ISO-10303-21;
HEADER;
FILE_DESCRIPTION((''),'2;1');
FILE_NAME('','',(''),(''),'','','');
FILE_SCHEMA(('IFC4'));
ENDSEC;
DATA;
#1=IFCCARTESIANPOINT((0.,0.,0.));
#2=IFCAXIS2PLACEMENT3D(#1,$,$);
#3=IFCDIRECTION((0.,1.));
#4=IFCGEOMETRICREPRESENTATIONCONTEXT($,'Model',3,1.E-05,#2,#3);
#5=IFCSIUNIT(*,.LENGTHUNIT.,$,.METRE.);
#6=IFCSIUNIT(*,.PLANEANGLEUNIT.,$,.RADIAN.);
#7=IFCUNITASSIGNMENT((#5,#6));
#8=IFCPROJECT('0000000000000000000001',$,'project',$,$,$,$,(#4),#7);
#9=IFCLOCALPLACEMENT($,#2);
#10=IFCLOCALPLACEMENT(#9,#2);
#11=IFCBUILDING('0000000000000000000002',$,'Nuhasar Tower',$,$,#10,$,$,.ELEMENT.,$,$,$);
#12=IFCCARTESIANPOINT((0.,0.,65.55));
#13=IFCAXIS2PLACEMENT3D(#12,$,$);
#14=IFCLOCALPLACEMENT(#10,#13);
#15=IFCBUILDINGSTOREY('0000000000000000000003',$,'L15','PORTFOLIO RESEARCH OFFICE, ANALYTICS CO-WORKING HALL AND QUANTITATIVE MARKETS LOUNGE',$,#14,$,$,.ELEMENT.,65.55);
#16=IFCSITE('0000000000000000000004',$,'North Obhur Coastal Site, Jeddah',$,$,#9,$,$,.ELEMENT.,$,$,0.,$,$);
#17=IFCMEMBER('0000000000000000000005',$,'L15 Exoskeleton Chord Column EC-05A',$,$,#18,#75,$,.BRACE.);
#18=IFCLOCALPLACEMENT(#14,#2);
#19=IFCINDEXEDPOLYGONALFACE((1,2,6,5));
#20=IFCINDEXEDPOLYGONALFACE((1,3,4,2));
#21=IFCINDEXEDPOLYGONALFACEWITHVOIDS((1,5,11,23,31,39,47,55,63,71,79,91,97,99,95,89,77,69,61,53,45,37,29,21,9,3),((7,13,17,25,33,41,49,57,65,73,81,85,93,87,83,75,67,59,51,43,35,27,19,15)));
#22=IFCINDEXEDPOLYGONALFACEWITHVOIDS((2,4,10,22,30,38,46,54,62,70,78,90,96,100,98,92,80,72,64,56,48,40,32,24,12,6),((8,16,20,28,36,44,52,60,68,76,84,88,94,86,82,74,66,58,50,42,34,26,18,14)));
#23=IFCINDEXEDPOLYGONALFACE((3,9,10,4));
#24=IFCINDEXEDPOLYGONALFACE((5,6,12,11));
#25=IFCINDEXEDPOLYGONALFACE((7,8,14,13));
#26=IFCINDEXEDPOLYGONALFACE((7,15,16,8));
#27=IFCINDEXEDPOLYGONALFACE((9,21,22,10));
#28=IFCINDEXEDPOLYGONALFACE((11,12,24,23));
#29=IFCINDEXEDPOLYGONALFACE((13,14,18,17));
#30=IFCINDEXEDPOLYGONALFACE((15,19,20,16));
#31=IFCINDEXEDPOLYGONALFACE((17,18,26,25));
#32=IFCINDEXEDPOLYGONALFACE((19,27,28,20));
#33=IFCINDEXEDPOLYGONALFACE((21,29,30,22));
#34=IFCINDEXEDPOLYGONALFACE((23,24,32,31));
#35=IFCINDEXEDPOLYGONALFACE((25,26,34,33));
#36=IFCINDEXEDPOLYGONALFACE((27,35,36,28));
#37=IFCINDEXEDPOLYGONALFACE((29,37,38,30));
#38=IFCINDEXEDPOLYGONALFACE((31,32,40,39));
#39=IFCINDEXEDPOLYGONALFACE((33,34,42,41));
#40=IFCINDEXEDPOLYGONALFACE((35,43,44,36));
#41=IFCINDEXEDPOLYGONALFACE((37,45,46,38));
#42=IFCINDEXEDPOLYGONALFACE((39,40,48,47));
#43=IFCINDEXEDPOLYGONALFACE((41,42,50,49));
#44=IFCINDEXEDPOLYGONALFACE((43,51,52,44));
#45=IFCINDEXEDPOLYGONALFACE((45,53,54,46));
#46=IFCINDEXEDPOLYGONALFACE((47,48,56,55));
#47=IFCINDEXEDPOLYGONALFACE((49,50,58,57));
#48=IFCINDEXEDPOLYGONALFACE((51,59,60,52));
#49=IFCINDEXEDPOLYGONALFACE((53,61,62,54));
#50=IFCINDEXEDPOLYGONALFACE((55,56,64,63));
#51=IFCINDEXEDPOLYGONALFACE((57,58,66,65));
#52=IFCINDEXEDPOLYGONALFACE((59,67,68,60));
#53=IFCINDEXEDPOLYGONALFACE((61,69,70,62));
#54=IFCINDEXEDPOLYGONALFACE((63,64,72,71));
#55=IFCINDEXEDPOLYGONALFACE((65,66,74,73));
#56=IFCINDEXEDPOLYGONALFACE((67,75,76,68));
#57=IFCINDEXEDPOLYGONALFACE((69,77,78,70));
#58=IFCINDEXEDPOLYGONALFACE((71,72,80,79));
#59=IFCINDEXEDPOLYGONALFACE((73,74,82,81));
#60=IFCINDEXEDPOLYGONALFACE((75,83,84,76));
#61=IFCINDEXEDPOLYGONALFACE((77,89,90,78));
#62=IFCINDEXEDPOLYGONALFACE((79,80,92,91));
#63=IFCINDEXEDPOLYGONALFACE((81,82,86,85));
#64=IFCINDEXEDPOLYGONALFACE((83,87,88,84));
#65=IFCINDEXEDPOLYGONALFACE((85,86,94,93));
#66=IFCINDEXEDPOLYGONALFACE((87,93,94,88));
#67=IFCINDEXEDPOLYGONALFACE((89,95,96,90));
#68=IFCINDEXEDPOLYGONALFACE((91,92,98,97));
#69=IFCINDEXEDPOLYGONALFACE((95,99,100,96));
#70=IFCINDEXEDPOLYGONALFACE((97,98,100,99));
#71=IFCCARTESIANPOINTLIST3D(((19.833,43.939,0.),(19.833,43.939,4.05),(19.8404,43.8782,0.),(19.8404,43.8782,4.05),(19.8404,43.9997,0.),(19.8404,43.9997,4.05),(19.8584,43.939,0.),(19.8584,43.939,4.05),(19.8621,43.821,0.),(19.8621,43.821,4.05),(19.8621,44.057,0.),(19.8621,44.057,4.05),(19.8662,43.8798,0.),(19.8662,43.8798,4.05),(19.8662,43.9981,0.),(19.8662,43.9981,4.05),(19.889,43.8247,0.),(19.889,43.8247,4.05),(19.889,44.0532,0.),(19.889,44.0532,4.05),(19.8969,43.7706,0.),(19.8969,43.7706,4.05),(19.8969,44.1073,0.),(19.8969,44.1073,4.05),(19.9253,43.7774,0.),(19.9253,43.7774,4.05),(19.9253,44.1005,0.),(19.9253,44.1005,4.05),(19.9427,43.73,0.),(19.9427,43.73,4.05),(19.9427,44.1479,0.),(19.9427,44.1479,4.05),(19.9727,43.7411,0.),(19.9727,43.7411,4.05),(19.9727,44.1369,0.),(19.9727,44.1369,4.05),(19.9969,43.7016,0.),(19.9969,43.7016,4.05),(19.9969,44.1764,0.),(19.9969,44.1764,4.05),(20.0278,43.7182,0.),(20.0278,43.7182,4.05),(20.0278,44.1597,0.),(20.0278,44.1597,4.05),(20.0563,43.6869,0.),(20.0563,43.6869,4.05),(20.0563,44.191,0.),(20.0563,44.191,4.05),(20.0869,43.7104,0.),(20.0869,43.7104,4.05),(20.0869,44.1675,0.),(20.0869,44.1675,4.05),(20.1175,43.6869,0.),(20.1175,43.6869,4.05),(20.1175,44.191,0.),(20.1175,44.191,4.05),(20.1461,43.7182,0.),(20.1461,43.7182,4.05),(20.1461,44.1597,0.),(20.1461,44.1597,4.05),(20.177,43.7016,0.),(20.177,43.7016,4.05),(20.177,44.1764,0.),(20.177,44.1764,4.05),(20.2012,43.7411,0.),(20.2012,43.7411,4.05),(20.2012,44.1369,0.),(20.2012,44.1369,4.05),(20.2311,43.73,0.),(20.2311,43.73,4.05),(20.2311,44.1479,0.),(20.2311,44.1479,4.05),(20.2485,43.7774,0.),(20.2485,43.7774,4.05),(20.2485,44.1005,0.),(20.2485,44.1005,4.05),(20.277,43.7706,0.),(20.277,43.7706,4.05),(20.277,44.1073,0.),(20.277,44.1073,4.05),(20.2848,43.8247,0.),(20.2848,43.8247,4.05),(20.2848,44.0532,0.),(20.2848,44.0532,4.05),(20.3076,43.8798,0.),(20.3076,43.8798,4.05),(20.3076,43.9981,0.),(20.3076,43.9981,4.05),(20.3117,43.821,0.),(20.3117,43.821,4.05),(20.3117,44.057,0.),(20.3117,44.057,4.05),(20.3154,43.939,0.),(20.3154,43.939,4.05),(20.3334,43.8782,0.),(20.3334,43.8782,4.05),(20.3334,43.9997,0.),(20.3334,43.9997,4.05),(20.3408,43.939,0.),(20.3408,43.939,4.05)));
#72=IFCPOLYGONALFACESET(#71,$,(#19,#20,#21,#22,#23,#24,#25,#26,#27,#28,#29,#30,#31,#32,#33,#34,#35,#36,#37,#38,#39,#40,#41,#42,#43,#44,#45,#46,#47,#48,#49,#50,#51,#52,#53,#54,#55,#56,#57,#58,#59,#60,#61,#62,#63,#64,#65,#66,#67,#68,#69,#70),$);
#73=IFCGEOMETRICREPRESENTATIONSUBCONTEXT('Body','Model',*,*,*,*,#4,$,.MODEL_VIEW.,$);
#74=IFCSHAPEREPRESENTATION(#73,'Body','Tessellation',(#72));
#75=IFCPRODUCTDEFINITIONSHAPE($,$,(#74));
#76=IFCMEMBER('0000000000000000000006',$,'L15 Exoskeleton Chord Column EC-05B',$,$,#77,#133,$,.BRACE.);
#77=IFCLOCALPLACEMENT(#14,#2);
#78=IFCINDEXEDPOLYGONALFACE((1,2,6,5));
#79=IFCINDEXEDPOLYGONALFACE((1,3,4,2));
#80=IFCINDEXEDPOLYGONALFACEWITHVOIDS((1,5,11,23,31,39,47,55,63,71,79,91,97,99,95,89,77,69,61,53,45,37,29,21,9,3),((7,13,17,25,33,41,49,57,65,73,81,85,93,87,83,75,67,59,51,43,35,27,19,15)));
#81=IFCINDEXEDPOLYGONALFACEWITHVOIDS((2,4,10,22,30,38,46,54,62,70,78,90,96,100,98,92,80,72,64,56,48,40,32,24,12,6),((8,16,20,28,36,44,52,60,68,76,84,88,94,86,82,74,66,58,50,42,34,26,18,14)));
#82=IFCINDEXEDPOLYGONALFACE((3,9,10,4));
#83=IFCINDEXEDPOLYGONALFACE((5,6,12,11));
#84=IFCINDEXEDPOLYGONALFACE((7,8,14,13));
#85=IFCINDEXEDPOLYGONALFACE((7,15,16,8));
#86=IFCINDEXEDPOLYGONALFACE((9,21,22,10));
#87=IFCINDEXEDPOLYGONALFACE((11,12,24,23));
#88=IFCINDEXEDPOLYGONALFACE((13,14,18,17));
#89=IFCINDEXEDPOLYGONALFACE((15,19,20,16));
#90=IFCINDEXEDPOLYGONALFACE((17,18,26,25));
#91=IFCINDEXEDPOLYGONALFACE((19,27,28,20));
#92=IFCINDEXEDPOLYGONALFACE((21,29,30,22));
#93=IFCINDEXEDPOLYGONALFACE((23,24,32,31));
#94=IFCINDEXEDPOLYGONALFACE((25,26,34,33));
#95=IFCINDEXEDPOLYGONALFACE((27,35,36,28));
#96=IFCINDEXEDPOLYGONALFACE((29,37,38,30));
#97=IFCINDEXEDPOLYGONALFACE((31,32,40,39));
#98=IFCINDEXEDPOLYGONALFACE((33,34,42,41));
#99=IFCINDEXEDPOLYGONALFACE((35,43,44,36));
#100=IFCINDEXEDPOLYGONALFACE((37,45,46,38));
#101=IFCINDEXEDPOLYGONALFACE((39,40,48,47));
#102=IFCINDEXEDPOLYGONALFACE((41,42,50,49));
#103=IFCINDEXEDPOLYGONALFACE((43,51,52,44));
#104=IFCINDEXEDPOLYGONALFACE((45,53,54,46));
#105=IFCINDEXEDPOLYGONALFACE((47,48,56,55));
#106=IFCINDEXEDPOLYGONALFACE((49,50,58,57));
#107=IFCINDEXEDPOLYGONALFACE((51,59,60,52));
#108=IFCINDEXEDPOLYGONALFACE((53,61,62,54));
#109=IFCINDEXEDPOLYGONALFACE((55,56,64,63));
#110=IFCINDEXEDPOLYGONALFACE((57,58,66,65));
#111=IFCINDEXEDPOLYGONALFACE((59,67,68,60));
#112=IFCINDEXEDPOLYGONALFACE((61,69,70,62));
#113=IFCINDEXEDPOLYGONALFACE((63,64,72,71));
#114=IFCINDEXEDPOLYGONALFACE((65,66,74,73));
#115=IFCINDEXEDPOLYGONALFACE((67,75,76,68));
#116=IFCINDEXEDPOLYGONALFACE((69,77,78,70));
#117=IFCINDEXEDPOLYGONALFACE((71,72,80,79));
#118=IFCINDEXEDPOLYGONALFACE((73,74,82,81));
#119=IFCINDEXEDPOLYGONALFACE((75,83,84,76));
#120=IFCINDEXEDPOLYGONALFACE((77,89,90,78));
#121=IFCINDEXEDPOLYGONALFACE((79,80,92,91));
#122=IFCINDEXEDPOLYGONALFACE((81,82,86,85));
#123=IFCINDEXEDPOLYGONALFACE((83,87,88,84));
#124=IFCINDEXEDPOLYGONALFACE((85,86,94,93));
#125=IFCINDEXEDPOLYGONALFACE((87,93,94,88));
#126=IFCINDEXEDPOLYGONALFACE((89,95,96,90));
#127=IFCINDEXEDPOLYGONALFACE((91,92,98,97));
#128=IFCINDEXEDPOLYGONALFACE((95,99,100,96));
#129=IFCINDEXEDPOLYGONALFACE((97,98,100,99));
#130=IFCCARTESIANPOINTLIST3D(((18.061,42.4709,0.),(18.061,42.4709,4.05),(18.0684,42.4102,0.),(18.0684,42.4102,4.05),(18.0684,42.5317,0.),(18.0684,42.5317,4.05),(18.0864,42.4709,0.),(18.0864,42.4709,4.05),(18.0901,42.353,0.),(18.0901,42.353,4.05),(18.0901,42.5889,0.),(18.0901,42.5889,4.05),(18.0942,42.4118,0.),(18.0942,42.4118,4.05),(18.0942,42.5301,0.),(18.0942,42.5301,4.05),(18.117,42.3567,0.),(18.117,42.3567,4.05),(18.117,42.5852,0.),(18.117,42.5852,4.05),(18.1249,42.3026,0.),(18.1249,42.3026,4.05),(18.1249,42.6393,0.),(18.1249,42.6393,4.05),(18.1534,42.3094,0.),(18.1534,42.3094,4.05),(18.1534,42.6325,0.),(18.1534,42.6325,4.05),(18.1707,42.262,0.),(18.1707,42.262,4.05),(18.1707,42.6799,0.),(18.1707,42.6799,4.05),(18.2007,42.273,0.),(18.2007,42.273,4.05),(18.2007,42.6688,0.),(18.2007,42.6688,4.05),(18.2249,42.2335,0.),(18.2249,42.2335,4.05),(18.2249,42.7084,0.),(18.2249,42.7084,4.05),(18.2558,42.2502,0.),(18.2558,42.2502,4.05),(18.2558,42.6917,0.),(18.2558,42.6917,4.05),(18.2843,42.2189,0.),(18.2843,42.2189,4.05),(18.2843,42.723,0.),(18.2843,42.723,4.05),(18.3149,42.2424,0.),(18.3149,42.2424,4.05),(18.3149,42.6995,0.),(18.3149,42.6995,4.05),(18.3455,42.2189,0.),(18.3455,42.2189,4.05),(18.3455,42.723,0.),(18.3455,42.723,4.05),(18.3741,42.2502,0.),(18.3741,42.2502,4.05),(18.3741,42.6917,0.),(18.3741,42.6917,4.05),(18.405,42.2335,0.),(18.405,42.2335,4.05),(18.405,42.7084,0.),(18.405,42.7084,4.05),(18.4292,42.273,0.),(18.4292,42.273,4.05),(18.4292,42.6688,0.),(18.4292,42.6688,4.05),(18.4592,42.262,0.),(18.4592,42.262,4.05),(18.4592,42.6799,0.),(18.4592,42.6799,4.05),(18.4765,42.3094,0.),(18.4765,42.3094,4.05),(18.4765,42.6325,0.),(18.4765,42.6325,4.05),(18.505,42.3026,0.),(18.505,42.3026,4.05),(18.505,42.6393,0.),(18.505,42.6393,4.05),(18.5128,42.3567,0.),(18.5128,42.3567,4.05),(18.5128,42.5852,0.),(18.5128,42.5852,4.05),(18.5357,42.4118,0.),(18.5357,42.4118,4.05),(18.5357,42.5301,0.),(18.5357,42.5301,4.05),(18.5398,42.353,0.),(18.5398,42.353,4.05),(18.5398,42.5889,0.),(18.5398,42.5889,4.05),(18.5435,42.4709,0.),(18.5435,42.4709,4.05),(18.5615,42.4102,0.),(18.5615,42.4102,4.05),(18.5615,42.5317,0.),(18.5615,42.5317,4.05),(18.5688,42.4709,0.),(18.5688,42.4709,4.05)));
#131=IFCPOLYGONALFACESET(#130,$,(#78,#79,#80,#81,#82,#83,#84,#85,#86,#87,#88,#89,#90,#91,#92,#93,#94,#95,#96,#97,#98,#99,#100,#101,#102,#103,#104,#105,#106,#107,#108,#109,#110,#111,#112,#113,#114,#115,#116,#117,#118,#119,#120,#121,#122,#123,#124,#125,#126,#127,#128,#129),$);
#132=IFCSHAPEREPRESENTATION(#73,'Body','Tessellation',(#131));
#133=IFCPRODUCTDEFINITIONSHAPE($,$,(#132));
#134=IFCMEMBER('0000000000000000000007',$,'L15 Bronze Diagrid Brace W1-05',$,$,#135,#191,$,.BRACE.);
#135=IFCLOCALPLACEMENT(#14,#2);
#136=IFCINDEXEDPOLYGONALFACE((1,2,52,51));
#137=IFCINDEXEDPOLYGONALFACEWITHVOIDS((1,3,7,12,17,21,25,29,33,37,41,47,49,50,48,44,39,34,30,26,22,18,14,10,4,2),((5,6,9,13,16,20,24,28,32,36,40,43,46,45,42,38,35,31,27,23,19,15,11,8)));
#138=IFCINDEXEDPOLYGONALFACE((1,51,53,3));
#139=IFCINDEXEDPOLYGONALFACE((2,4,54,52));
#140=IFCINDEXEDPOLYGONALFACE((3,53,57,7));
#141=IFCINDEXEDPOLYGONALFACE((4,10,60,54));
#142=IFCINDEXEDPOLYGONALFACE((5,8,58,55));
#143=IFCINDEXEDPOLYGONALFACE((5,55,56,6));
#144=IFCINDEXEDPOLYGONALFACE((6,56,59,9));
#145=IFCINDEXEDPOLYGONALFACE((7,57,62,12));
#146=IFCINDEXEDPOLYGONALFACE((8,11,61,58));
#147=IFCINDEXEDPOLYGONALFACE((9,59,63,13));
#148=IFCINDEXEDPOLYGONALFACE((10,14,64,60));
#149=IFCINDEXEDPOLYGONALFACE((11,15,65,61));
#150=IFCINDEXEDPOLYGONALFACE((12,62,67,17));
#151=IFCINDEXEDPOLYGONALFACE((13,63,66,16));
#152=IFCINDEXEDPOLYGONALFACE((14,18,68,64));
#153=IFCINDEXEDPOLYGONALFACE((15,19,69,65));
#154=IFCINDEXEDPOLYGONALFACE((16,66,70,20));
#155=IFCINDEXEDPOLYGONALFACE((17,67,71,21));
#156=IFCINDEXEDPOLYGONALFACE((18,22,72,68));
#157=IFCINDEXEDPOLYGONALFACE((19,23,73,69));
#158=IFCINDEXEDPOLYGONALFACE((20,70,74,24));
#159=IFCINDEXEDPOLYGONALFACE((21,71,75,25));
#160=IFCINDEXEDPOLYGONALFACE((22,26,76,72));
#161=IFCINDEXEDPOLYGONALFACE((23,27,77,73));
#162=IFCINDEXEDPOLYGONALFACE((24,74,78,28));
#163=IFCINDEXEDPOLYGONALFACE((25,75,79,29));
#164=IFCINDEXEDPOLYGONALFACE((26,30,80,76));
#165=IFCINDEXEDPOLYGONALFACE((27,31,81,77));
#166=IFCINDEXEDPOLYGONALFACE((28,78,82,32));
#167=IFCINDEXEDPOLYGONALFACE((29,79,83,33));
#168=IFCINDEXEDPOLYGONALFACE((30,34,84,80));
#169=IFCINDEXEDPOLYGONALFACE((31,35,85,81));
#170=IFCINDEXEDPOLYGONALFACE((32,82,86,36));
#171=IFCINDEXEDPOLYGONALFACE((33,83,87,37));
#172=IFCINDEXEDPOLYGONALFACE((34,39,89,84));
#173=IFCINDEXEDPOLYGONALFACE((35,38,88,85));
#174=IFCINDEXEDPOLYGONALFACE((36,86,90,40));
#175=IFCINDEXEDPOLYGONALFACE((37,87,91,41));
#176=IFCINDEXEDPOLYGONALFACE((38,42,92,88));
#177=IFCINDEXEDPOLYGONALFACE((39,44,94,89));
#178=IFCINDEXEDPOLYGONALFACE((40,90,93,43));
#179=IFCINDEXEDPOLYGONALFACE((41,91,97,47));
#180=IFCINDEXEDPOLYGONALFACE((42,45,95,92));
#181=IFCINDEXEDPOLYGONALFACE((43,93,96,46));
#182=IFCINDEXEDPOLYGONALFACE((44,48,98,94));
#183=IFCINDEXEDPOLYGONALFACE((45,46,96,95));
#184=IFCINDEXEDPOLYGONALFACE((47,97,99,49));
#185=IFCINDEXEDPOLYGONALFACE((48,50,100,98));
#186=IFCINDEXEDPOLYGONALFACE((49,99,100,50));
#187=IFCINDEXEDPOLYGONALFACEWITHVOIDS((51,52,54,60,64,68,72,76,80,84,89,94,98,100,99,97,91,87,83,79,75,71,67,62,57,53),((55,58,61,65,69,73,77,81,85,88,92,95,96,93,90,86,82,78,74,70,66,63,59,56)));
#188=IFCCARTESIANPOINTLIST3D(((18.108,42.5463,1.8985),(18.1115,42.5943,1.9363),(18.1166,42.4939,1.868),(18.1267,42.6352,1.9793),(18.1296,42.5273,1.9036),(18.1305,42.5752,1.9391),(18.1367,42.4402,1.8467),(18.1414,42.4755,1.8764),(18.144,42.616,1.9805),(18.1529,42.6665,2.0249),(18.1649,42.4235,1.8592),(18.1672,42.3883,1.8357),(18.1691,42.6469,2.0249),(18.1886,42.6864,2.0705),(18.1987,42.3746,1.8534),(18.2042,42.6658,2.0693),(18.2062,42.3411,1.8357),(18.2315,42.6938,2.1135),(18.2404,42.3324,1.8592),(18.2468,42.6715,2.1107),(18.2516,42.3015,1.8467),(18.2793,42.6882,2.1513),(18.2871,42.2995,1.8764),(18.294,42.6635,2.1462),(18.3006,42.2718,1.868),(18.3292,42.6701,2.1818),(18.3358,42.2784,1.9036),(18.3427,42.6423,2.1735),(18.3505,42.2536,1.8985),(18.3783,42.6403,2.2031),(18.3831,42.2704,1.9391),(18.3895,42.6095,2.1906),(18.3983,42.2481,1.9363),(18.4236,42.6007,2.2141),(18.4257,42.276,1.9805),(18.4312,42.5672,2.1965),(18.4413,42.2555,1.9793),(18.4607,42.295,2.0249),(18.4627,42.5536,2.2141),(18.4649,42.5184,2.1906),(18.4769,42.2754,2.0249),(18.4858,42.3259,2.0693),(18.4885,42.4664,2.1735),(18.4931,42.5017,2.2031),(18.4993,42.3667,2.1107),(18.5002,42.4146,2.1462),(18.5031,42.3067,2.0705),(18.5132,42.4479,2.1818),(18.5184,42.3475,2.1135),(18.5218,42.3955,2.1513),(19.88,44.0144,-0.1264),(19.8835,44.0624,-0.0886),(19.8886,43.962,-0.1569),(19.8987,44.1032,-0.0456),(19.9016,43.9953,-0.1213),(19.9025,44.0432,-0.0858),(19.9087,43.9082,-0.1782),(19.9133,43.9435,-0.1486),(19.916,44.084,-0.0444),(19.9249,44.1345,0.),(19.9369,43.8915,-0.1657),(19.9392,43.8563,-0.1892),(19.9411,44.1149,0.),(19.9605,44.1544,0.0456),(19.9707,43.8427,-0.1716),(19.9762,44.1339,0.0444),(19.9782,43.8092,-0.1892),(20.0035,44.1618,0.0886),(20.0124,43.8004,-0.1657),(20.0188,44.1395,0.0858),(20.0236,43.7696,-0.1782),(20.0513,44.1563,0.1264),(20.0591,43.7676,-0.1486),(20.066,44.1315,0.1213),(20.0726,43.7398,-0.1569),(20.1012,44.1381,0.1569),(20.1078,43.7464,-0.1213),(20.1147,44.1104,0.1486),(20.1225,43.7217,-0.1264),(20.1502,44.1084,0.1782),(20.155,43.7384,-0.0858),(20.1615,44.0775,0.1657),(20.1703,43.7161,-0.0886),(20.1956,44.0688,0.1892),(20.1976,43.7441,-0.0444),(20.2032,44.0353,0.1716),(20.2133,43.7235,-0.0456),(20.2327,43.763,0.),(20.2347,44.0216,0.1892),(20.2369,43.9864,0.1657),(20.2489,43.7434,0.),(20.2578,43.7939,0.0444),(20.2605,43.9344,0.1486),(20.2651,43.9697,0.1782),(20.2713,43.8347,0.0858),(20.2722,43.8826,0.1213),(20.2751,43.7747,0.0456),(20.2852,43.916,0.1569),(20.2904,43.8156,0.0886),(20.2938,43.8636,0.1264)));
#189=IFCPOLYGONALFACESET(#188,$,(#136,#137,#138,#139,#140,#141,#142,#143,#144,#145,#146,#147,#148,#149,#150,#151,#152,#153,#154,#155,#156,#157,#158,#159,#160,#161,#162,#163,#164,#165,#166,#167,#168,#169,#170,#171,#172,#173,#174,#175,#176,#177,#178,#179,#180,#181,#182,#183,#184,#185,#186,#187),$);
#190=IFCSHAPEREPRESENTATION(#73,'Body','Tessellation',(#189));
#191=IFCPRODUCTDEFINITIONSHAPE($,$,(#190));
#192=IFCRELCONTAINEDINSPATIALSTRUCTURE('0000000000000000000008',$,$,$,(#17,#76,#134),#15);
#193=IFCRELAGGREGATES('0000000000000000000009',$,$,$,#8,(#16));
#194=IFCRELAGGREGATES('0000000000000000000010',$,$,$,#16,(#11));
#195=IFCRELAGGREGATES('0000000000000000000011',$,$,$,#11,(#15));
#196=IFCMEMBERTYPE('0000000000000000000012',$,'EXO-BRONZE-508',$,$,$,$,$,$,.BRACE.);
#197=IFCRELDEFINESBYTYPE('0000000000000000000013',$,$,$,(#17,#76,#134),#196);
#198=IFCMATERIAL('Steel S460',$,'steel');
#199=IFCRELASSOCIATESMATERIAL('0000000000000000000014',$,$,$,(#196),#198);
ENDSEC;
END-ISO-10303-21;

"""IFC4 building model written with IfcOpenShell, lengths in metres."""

from ifc_helpers import new_model, si_unit, direction, frame, origin, origin_2d, place, context, subcontext, project, spatial, hollow_circle, extrude, material, material_profile, profile_set, type_object, element, save


model = new_model("IFC4")

# Units and contexts
model_context = context("Model", 3, precision=1e-05, world=origin(), true_north=direction((0.0, 1.0)))
body_context = subcontext(model_context, "Body", "Model", "MODEL_VIEW")
ifc_project = project(units=[si_unit("LENGTHUNIT", "METRE"), si_unit("PLANEANGLEUNIT", "RADIAN")], contexts=[model_context])

# Site, building, storey
site_placement = place(None, origin())
site = spatial("IfcSite", under=ifc_project, at=site_placement, Name="North Obhur Coastal Site, Jeddah", CompositionType="ELEMENT", RefElevation=0.0)
building_placement = place(site_placement, origin())
building = spatial("IfcBuilding", under=site, at=building_placement, Name="Nuhasar Tower", CompositionType="ELEMENT")
storey_placement = place(building_placement, frame((0.0, 0.0, 65.55)))
storey = spatial("IfcBuildingStorey", under=building, at=storey_placement, Name="L15", Description="PORTFOLIO RESEARCH OFFICE, ANALYTICS CO-WORKING HALL AND QUANTITATIVE MARKETS LOUNGE", CompositionType="ELEMENT", Elevation=65.55)

# Members
ifc_material_1 = material(Name="Steel S460", Category="steel")
ifc_material_profile_1 = material_profile(ifc_material_1, hollow_circle(Radius=0.2539, WallThickness=0.0254, at=origin_2d()), Name="HSS508X25.4")
ifc_profile_set_1 = profile_set([ifc_material_profile_1], Name="Steel S460")
member_type_1 = type_object("IfcMemberType", Name="EXO-BRONZE-508", PredefinedType="BRACE", material=ifc_profile_set_1)
for number, where, z_axis, x_axis, name in (
    (1, (20.0869, 43.939, 0.0), (0.0, 0.0, 1.0), (1.0, 0.0, 0.0), "L15 Exoskeleton Chord Column EC-05A"),
    (2, (18.3149, 42.4709, 0.0), (0.0, 0.0, 1.0), (1.0, 0.0, 0.0), "L15 Exoskeleton Chord Column EC-05B"),
):
    element("IfcMember", number, at=place(storey_placement, frame(where, z_axis=z_axis, x_axis=x_axis)), inside=storey, type_object=member_type_1, Name=name, PredefinedType="BRACE", context=body_context, shape_type="SweptSolid", body=[
        extrude(hollow_circle(Radius=0.2539, WallThickness=0.0254, at=origin_2d()), origin(), (0.0, 0.0, 1.0), 4.05),
    ])
member_1_placement = place(storey_placement, frame((20.0869, 43.939, 0.0), z_axis=(-0.578102, -0.478937, 0.660619), x_axis=(0.637969, -0.770062, 0.0)))
element("IfcMember", 3, at=member_1_placement, inside=storey, type_object=member_type_1, Name="L15 Bronze Diagrid Brace W1-05", PredefinedType="BRACE", context=body_context, shape_type="SweptSolid", body=[
    extrude(hollow_circle(Radius=0.2539, WallThickness=0.0254, at=origin_2d()), origin(), (0.0, 0.0, 1.0), 3.0652),
])

save(model, "model.ifc")
